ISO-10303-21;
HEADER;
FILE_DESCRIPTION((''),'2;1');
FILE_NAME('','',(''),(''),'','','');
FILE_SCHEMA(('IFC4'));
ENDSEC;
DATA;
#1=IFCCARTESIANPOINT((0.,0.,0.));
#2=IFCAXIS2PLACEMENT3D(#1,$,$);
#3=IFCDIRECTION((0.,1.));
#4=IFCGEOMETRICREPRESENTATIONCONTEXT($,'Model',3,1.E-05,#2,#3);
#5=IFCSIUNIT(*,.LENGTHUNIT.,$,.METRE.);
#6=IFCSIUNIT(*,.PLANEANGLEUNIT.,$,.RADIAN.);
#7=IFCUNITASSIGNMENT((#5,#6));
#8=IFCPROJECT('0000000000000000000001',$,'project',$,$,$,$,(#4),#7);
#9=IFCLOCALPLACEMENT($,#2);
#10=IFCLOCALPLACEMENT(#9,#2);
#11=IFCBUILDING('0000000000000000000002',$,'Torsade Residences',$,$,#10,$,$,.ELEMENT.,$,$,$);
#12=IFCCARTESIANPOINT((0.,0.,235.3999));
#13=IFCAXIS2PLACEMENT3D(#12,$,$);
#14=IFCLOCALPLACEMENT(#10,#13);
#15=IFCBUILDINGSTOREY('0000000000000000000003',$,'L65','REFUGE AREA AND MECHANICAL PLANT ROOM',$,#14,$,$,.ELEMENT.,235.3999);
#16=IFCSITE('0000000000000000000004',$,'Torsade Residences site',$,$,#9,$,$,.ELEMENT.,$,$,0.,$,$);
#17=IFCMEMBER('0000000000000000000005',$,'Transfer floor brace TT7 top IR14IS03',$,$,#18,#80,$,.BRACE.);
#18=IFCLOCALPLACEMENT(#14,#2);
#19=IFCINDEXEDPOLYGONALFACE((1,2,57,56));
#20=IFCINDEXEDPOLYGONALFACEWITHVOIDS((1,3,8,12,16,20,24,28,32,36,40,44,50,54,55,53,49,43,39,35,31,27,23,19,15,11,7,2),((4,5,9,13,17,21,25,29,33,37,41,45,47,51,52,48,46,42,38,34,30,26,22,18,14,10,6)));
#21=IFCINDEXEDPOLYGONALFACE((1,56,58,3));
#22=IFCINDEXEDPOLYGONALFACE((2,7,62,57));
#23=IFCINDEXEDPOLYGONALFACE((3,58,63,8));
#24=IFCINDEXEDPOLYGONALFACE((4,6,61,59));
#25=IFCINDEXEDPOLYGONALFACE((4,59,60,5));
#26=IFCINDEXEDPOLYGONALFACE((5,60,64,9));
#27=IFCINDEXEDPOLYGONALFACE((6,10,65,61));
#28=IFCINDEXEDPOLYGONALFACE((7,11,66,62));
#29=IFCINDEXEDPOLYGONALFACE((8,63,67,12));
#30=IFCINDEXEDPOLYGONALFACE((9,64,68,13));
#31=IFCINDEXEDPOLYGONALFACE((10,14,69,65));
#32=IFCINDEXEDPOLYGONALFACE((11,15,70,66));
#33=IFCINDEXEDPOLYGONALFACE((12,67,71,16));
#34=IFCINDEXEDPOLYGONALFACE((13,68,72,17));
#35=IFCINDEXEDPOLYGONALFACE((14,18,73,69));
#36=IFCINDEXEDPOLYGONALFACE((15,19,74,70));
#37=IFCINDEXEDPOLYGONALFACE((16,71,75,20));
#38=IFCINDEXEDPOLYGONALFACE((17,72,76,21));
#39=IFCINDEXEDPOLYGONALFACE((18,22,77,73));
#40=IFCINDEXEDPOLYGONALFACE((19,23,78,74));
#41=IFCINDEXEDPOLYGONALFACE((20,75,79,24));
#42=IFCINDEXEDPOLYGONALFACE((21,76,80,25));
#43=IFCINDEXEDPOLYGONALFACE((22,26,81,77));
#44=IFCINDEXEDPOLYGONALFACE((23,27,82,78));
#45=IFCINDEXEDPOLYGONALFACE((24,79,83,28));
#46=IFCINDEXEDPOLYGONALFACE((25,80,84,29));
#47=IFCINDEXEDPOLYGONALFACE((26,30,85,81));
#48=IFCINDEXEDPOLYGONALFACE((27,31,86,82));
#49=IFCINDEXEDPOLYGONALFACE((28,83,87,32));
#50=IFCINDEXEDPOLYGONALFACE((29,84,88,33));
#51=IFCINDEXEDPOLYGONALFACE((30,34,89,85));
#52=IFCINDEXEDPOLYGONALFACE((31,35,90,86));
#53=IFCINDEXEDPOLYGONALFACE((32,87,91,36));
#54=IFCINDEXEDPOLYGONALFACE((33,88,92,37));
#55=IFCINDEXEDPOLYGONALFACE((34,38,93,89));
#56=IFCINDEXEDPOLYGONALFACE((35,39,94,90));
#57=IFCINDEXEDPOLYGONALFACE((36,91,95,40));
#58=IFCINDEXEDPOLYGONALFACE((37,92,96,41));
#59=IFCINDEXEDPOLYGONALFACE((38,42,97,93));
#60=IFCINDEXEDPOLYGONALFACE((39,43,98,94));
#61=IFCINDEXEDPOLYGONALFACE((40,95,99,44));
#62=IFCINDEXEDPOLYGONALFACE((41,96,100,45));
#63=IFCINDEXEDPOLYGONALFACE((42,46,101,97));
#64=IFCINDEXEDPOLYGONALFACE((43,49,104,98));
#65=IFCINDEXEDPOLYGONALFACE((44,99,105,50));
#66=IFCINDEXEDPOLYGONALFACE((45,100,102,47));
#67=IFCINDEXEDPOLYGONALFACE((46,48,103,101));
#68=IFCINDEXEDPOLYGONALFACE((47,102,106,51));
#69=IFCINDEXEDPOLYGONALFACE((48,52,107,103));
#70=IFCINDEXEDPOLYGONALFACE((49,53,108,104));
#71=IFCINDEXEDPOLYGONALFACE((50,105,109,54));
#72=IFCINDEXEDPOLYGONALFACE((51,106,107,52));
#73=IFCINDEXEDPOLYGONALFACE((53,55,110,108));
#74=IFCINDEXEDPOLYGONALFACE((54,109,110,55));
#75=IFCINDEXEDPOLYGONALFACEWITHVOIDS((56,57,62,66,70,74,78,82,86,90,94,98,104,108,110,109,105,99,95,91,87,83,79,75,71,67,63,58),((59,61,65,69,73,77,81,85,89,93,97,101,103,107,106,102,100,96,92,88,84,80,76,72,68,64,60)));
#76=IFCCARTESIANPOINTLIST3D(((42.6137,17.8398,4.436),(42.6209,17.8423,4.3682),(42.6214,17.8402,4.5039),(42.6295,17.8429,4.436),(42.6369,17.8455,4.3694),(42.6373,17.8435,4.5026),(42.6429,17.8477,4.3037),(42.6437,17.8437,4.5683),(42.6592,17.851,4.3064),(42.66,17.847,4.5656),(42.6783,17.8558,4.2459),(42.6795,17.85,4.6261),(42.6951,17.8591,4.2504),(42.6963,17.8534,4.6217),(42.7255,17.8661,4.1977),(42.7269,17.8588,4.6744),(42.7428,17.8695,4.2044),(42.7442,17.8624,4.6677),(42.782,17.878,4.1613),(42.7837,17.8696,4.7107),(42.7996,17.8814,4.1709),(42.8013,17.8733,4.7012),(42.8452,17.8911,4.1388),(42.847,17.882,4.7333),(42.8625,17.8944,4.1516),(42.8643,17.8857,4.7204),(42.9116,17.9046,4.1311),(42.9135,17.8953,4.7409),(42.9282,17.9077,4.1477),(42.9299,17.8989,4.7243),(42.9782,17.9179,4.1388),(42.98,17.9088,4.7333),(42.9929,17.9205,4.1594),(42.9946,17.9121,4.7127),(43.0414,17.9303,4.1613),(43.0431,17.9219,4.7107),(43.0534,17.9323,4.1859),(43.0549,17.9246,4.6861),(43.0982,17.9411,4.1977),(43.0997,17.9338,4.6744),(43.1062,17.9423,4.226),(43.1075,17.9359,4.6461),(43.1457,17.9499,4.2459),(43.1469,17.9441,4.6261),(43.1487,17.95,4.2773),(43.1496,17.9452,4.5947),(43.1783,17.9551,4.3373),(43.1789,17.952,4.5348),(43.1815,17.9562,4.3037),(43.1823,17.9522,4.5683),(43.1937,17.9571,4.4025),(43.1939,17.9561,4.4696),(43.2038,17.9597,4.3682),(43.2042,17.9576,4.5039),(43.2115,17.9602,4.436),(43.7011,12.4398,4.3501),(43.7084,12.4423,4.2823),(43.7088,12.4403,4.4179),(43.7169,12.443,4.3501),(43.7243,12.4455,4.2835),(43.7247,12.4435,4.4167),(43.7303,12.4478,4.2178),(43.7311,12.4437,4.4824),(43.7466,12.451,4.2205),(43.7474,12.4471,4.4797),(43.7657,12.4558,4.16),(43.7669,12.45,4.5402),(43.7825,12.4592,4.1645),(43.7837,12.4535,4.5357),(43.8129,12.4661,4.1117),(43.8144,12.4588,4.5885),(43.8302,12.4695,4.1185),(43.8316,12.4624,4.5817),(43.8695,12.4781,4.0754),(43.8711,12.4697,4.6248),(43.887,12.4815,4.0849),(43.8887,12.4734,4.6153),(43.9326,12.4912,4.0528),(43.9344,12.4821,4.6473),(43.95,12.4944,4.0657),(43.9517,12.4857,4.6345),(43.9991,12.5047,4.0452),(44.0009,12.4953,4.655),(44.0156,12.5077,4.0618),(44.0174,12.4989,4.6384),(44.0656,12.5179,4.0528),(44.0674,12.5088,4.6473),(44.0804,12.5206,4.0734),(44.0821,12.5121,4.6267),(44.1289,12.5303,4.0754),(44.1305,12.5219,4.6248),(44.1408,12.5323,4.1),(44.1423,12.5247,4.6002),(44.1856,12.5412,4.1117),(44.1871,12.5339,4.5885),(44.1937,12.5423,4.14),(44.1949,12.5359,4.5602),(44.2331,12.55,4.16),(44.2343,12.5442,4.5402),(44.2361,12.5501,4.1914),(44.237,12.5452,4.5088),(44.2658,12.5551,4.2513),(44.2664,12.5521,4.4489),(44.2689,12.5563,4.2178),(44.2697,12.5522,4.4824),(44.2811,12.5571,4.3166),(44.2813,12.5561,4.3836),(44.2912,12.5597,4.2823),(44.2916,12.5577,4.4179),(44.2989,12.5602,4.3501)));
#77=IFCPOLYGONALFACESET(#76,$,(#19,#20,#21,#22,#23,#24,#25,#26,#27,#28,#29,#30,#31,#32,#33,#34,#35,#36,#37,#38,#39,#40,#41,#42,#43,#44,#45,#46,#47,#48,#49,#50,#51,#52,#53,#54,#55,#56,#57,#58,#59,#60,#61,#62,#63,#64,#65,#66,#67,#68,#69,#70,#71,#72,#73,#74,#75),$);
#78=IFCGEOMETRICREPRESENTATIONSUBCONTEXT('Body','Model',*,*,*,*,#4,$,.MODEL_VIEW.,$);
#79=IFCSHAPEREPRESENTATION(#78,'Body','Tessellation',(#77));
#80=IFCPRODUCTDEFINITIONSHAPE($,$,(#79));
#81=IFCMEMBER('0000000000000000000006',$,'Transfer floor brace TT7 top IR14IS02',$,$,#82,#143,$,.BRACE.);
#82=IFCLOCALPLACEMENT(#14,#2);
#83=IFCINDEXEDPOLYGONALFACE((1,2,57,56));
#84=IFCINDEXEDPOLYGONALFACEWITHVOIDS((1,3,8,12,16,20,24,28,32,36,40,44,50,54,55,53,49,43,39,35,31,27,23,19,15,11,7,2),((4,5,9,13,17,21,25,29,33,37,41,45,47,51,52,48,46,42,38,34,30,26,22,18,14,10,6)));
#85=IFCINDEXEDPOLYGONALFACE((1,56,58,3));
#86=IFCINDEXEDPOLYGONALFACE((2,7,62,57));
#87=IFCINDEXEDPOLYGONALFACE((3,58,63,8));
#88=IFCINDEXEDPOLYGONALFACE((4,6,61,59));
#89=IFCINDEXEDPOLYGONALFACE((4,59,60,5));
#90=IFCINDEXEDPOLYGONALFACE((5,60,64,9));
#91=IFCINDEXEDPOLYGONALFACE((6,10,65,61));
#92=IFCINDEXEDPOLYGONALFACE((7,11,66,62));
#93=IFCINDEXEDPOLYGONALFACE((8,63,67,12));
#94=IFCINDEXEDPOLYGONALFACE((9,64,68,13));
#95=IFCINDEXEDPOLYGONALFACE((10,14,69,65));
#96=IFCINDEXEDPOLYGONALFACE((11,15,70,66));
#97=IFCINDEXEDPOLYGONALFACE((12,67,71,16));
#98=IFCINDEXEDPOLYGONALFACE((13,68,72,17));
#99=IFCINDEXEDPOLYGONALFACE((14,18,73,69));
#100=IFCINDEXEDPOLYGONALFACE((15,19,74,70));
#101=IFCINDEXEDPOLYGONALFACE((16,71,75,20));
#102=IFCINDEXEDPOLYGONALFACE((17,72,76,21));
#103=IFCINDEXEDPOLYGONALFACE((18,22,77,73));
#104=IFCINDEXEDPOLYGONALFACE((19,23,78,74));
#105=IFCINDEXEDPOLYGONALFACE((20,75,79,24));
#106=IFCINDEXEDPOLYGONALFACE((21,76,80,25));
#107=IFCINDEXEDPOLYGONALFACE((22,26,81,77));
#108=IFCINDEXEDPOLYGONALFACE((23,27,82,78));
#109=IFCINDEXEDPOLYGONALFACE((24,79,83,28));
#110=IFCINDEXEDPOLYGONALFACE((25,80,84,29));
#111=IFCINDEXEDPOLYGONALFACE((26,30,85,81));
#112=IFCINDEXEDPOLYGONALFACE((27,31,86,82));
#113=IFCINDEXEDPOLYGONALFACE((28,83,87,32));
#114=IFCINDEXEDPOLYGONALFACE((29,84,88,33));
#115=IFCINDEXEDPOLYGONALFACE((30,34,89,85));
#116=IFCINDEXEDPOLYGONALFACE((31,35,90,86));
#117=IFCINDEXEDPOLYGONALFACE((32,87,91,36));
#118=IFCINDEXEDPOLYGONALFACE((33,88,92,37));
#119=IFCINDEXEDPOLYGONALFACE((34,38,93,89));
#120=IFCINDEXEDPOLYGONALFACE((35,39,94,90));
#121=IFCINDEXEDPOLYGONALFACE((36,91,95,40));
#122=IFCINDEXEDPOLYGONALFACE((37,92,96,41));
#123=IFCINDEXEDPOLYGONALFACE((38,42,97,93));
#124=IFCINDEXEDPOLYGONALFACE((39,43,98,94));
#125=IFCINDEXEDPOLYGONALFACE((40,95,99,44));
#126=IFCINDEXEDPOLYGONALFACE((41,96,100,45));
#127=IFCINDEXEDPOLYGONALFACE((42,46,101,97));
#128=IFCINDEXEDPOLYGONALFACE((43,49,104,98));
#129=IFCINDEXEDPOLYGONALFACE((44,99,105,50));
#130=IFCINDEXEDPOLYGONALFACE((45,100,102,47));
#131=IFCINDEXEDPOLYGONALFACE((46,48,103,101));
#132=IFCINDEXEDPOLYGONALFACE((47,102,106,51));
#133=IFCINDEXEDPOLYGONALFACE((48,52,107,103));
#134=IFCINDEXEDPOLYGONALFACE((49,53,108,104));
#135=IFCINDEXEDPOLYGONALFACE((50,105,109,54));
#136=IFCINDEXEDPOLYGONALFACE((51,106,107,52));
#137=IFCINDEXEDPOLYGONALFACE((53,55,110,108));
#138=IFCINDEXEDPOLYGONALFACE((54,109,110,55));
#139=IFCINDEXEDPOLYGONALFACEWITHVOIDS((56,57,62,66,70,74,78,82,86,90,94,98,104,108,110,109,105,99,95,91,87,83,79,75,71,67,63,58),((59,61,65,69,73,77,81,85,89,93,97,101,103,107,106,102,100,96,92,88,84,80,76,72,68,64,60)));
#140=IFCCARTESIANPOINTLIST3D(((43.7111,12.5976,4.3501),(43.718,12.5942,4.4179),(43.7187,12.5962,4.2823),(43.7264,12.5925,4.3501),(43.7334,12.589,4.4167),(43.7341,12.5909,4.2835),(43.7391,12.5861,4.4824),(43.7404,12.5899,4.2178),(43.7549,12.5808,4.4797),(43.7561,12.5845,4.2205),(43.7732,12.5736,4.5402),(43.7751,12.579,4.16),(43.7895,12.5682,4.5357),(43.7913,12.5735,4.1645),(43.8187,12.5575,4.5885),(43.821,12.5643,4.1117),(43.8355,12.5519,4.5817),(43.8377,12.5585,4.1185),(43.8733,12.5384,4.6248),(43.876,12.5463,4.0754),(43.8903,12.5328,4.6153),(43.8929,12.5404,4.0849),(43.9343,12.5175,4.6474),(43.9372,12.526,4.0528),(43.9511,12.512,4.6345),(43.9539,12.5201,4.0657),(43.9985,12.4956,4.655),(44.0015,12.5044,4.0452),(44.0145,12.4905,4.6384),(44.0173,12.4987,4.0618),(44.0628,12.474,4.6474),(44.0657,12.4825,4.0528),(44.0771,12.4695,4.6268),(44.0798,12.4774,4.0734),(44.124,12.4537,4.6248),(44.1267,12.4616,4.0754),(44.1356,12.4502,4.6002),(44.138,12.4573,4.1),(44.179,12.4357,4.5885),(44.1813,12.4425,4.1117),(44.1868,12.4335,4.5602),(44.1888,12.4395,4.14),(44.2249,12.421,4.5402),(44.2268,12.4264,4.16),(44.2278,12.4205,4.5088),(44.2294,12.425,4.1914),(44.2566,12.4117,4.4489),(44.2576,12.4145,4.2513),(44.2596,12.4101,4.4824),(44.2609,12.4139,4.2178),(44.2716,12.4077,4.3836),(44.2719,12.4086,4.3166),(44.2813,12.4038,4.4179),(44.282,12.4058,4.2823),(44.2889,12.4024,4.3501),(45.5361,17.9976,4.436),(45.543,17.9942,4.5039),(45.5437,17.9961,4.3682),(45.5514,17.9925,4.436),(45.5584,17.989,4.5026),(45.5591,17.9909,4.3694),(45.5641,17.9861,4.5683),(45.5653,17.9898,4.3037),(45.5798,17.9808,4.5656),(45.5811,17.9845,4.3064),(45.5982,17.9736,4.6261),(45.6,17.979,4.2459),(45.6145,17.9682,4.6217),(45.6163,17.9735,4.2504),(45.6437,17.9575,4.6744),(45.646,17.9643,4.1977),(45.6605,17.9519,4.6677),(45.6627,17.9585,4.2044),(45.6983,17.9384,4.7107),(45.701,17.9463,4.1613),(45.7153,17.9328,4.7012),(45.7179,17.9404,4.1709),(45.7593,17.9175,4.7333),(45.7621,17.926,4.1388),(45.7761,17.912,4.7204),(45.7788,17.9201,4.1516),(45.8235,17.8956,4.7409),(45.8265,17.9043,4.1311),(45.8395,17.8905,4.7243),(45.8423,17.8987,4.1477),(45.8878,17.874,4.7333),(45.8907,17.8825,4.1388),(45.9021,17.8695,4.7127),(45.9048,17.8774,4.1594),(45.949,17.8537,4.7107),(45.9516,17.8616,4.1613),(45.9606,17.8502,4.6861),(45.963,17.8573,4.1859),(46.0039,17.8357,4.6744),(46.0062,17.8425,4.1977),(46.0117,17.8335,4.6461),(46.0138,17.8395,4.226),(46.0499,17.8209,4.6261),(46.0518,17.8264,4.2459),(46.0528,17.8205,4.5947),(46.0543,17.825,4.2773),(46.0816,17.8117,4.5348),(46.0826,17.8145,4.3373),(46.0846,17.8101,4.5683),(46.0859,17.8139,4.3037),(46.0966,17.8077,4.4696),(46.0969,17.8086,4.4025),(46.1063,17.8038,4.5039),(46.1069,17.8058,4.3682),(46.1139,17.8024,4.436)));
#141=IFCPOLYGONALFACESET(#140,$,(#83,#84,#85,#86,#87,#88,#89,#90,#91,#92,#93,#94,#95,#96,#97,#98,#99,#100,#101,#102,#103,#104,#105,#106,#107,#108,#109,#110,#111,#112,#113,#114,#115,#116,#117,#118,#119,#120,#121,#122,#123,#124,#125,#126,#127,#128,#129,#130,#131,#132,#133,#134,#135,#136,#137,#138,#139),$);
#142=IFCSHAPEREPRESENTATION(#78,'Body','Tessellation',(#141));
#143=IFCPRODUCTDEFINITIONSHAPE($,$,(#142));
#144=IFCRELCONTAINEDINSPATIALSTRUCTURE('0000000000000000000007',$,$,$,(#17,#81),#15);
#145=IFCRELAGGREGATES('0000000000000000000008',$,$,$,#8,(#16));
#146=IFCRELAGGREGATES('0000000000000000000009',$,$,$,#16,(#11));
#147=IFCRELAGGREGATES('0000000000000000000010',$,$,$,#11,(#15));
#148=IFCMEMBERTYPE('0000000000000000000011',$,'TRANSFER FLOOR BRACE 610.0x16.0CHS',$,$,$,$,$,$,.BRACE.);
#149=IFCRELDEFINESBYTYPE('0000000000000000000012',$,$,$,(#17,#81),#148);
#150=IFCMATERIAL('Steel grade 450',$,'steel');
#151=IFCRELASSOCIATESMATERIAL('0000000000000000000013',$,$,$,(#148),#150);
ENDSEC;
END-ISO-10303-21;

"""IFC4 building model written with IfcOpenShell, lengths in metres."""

from ifc_helpers import new_model, si_unit, direction, frame, origin, origin_2d, place, context, subcontext, project, spatial, hollow_circle, extrude, material, material_profile, profile_set, type_object, element, save


model = new_model("IFC4")

# Units and contexts
model_context = context("Model", 3, precision=1e-05, world=origin(), true_north=direction((0.0, 1.0)))
body_context = subcontext(model_context, "Body", "Model", "MODEL_VIEW")
ifc_project = project(units=[si_unit("LENGTHUNIT", "METRE"), si_unit("PLANEANGLEUNIT", "RADIAN")], contexts=[model_context])

# Site, building, storey
site_placement = place(None, origin())
site = spatial("IfcSite", under=ifc_project, at=site_placement, Name="Torsade Residences site", CompositionType="ELEMENT", RefElevation=0.0)
building_placement = place(site_placement, origin())
building = spatial("IfcBuilding", under=site, at=building_placement, Name="Torsade Residences", CompositionType="ELEMENT")
storey_placement = place(building_placement, frame((0.0, 0.0, 235.3999)))
storey = spatial("IfcBuildingStorey", under=building, at=storey_placement, Name="L65", Description="REFUGE AREA AND MECHANICAL PLANT ROOM", CompositionType="ELEMENT", Elevation=235.3999)

# Members
ifc_material_1 = material(Name="Steel grade 450", Category="steel")
ifc_material_profile_1 = material_profile(ifc_material_1, hollow_circle(Radius=0.3049, WallThickness=0.0161, at=origin_2d()), Name="610.0x16.0CHS")
ifc_profile_set_1 = profile_set([ifc_material_profile_1], Name="Steel grade 450")
member_type_1 = type_object("IfcMemberType", Name="TRANSFER FLOOR BRACE 610.0x16.0CHS", PredefinedType="BRACE", material=ifc_profile_set_1)
member_1_placement = place(storey_placement, frame((44.0, 12.5, 4.3501), z_axis=(-0.197388, 0.980201, 0.0156), x_axis=(-0.980321, -0.197412, 0.0)))
element("IfcMember", 1, at=member_1_placement, inside=storey, type_object=member_type_1, Name="Transfer floor brace TT7 top IR14IS03", PredefinedType="BRACE", context=body_context, shape_type="SweptSolid", body=[
    extrude(hollow_circle(Radius=0.3049, WallThickness=0.0161, at=origin_2d()), origin(), (0.0, 0.0, 1.0), 5.509),
])
member_2_placement = place(storey_placement, frame((44.0, 12.5, 4.3501), z_axis=(0.320133, 0.947252, 0.015075), x_axis=(-0.94736, 0.32017, 0.0)))
element("IfcMember", 2, at=member_2_placement, inside=storey, type_object=member_type_1, Name="Transfer floor brace TT7 top IR14IS02", PredefinedType="BRACE", context=body_context, shape_type="SweptSolid", body=[
    extrude(hollow_circle(Radius=0.3049, WallThickness=0.0161, at=origin_2d()), origin(), (0.0, 0.0, 1.0), 5.7007),
])

save(model, "model.ifc")
